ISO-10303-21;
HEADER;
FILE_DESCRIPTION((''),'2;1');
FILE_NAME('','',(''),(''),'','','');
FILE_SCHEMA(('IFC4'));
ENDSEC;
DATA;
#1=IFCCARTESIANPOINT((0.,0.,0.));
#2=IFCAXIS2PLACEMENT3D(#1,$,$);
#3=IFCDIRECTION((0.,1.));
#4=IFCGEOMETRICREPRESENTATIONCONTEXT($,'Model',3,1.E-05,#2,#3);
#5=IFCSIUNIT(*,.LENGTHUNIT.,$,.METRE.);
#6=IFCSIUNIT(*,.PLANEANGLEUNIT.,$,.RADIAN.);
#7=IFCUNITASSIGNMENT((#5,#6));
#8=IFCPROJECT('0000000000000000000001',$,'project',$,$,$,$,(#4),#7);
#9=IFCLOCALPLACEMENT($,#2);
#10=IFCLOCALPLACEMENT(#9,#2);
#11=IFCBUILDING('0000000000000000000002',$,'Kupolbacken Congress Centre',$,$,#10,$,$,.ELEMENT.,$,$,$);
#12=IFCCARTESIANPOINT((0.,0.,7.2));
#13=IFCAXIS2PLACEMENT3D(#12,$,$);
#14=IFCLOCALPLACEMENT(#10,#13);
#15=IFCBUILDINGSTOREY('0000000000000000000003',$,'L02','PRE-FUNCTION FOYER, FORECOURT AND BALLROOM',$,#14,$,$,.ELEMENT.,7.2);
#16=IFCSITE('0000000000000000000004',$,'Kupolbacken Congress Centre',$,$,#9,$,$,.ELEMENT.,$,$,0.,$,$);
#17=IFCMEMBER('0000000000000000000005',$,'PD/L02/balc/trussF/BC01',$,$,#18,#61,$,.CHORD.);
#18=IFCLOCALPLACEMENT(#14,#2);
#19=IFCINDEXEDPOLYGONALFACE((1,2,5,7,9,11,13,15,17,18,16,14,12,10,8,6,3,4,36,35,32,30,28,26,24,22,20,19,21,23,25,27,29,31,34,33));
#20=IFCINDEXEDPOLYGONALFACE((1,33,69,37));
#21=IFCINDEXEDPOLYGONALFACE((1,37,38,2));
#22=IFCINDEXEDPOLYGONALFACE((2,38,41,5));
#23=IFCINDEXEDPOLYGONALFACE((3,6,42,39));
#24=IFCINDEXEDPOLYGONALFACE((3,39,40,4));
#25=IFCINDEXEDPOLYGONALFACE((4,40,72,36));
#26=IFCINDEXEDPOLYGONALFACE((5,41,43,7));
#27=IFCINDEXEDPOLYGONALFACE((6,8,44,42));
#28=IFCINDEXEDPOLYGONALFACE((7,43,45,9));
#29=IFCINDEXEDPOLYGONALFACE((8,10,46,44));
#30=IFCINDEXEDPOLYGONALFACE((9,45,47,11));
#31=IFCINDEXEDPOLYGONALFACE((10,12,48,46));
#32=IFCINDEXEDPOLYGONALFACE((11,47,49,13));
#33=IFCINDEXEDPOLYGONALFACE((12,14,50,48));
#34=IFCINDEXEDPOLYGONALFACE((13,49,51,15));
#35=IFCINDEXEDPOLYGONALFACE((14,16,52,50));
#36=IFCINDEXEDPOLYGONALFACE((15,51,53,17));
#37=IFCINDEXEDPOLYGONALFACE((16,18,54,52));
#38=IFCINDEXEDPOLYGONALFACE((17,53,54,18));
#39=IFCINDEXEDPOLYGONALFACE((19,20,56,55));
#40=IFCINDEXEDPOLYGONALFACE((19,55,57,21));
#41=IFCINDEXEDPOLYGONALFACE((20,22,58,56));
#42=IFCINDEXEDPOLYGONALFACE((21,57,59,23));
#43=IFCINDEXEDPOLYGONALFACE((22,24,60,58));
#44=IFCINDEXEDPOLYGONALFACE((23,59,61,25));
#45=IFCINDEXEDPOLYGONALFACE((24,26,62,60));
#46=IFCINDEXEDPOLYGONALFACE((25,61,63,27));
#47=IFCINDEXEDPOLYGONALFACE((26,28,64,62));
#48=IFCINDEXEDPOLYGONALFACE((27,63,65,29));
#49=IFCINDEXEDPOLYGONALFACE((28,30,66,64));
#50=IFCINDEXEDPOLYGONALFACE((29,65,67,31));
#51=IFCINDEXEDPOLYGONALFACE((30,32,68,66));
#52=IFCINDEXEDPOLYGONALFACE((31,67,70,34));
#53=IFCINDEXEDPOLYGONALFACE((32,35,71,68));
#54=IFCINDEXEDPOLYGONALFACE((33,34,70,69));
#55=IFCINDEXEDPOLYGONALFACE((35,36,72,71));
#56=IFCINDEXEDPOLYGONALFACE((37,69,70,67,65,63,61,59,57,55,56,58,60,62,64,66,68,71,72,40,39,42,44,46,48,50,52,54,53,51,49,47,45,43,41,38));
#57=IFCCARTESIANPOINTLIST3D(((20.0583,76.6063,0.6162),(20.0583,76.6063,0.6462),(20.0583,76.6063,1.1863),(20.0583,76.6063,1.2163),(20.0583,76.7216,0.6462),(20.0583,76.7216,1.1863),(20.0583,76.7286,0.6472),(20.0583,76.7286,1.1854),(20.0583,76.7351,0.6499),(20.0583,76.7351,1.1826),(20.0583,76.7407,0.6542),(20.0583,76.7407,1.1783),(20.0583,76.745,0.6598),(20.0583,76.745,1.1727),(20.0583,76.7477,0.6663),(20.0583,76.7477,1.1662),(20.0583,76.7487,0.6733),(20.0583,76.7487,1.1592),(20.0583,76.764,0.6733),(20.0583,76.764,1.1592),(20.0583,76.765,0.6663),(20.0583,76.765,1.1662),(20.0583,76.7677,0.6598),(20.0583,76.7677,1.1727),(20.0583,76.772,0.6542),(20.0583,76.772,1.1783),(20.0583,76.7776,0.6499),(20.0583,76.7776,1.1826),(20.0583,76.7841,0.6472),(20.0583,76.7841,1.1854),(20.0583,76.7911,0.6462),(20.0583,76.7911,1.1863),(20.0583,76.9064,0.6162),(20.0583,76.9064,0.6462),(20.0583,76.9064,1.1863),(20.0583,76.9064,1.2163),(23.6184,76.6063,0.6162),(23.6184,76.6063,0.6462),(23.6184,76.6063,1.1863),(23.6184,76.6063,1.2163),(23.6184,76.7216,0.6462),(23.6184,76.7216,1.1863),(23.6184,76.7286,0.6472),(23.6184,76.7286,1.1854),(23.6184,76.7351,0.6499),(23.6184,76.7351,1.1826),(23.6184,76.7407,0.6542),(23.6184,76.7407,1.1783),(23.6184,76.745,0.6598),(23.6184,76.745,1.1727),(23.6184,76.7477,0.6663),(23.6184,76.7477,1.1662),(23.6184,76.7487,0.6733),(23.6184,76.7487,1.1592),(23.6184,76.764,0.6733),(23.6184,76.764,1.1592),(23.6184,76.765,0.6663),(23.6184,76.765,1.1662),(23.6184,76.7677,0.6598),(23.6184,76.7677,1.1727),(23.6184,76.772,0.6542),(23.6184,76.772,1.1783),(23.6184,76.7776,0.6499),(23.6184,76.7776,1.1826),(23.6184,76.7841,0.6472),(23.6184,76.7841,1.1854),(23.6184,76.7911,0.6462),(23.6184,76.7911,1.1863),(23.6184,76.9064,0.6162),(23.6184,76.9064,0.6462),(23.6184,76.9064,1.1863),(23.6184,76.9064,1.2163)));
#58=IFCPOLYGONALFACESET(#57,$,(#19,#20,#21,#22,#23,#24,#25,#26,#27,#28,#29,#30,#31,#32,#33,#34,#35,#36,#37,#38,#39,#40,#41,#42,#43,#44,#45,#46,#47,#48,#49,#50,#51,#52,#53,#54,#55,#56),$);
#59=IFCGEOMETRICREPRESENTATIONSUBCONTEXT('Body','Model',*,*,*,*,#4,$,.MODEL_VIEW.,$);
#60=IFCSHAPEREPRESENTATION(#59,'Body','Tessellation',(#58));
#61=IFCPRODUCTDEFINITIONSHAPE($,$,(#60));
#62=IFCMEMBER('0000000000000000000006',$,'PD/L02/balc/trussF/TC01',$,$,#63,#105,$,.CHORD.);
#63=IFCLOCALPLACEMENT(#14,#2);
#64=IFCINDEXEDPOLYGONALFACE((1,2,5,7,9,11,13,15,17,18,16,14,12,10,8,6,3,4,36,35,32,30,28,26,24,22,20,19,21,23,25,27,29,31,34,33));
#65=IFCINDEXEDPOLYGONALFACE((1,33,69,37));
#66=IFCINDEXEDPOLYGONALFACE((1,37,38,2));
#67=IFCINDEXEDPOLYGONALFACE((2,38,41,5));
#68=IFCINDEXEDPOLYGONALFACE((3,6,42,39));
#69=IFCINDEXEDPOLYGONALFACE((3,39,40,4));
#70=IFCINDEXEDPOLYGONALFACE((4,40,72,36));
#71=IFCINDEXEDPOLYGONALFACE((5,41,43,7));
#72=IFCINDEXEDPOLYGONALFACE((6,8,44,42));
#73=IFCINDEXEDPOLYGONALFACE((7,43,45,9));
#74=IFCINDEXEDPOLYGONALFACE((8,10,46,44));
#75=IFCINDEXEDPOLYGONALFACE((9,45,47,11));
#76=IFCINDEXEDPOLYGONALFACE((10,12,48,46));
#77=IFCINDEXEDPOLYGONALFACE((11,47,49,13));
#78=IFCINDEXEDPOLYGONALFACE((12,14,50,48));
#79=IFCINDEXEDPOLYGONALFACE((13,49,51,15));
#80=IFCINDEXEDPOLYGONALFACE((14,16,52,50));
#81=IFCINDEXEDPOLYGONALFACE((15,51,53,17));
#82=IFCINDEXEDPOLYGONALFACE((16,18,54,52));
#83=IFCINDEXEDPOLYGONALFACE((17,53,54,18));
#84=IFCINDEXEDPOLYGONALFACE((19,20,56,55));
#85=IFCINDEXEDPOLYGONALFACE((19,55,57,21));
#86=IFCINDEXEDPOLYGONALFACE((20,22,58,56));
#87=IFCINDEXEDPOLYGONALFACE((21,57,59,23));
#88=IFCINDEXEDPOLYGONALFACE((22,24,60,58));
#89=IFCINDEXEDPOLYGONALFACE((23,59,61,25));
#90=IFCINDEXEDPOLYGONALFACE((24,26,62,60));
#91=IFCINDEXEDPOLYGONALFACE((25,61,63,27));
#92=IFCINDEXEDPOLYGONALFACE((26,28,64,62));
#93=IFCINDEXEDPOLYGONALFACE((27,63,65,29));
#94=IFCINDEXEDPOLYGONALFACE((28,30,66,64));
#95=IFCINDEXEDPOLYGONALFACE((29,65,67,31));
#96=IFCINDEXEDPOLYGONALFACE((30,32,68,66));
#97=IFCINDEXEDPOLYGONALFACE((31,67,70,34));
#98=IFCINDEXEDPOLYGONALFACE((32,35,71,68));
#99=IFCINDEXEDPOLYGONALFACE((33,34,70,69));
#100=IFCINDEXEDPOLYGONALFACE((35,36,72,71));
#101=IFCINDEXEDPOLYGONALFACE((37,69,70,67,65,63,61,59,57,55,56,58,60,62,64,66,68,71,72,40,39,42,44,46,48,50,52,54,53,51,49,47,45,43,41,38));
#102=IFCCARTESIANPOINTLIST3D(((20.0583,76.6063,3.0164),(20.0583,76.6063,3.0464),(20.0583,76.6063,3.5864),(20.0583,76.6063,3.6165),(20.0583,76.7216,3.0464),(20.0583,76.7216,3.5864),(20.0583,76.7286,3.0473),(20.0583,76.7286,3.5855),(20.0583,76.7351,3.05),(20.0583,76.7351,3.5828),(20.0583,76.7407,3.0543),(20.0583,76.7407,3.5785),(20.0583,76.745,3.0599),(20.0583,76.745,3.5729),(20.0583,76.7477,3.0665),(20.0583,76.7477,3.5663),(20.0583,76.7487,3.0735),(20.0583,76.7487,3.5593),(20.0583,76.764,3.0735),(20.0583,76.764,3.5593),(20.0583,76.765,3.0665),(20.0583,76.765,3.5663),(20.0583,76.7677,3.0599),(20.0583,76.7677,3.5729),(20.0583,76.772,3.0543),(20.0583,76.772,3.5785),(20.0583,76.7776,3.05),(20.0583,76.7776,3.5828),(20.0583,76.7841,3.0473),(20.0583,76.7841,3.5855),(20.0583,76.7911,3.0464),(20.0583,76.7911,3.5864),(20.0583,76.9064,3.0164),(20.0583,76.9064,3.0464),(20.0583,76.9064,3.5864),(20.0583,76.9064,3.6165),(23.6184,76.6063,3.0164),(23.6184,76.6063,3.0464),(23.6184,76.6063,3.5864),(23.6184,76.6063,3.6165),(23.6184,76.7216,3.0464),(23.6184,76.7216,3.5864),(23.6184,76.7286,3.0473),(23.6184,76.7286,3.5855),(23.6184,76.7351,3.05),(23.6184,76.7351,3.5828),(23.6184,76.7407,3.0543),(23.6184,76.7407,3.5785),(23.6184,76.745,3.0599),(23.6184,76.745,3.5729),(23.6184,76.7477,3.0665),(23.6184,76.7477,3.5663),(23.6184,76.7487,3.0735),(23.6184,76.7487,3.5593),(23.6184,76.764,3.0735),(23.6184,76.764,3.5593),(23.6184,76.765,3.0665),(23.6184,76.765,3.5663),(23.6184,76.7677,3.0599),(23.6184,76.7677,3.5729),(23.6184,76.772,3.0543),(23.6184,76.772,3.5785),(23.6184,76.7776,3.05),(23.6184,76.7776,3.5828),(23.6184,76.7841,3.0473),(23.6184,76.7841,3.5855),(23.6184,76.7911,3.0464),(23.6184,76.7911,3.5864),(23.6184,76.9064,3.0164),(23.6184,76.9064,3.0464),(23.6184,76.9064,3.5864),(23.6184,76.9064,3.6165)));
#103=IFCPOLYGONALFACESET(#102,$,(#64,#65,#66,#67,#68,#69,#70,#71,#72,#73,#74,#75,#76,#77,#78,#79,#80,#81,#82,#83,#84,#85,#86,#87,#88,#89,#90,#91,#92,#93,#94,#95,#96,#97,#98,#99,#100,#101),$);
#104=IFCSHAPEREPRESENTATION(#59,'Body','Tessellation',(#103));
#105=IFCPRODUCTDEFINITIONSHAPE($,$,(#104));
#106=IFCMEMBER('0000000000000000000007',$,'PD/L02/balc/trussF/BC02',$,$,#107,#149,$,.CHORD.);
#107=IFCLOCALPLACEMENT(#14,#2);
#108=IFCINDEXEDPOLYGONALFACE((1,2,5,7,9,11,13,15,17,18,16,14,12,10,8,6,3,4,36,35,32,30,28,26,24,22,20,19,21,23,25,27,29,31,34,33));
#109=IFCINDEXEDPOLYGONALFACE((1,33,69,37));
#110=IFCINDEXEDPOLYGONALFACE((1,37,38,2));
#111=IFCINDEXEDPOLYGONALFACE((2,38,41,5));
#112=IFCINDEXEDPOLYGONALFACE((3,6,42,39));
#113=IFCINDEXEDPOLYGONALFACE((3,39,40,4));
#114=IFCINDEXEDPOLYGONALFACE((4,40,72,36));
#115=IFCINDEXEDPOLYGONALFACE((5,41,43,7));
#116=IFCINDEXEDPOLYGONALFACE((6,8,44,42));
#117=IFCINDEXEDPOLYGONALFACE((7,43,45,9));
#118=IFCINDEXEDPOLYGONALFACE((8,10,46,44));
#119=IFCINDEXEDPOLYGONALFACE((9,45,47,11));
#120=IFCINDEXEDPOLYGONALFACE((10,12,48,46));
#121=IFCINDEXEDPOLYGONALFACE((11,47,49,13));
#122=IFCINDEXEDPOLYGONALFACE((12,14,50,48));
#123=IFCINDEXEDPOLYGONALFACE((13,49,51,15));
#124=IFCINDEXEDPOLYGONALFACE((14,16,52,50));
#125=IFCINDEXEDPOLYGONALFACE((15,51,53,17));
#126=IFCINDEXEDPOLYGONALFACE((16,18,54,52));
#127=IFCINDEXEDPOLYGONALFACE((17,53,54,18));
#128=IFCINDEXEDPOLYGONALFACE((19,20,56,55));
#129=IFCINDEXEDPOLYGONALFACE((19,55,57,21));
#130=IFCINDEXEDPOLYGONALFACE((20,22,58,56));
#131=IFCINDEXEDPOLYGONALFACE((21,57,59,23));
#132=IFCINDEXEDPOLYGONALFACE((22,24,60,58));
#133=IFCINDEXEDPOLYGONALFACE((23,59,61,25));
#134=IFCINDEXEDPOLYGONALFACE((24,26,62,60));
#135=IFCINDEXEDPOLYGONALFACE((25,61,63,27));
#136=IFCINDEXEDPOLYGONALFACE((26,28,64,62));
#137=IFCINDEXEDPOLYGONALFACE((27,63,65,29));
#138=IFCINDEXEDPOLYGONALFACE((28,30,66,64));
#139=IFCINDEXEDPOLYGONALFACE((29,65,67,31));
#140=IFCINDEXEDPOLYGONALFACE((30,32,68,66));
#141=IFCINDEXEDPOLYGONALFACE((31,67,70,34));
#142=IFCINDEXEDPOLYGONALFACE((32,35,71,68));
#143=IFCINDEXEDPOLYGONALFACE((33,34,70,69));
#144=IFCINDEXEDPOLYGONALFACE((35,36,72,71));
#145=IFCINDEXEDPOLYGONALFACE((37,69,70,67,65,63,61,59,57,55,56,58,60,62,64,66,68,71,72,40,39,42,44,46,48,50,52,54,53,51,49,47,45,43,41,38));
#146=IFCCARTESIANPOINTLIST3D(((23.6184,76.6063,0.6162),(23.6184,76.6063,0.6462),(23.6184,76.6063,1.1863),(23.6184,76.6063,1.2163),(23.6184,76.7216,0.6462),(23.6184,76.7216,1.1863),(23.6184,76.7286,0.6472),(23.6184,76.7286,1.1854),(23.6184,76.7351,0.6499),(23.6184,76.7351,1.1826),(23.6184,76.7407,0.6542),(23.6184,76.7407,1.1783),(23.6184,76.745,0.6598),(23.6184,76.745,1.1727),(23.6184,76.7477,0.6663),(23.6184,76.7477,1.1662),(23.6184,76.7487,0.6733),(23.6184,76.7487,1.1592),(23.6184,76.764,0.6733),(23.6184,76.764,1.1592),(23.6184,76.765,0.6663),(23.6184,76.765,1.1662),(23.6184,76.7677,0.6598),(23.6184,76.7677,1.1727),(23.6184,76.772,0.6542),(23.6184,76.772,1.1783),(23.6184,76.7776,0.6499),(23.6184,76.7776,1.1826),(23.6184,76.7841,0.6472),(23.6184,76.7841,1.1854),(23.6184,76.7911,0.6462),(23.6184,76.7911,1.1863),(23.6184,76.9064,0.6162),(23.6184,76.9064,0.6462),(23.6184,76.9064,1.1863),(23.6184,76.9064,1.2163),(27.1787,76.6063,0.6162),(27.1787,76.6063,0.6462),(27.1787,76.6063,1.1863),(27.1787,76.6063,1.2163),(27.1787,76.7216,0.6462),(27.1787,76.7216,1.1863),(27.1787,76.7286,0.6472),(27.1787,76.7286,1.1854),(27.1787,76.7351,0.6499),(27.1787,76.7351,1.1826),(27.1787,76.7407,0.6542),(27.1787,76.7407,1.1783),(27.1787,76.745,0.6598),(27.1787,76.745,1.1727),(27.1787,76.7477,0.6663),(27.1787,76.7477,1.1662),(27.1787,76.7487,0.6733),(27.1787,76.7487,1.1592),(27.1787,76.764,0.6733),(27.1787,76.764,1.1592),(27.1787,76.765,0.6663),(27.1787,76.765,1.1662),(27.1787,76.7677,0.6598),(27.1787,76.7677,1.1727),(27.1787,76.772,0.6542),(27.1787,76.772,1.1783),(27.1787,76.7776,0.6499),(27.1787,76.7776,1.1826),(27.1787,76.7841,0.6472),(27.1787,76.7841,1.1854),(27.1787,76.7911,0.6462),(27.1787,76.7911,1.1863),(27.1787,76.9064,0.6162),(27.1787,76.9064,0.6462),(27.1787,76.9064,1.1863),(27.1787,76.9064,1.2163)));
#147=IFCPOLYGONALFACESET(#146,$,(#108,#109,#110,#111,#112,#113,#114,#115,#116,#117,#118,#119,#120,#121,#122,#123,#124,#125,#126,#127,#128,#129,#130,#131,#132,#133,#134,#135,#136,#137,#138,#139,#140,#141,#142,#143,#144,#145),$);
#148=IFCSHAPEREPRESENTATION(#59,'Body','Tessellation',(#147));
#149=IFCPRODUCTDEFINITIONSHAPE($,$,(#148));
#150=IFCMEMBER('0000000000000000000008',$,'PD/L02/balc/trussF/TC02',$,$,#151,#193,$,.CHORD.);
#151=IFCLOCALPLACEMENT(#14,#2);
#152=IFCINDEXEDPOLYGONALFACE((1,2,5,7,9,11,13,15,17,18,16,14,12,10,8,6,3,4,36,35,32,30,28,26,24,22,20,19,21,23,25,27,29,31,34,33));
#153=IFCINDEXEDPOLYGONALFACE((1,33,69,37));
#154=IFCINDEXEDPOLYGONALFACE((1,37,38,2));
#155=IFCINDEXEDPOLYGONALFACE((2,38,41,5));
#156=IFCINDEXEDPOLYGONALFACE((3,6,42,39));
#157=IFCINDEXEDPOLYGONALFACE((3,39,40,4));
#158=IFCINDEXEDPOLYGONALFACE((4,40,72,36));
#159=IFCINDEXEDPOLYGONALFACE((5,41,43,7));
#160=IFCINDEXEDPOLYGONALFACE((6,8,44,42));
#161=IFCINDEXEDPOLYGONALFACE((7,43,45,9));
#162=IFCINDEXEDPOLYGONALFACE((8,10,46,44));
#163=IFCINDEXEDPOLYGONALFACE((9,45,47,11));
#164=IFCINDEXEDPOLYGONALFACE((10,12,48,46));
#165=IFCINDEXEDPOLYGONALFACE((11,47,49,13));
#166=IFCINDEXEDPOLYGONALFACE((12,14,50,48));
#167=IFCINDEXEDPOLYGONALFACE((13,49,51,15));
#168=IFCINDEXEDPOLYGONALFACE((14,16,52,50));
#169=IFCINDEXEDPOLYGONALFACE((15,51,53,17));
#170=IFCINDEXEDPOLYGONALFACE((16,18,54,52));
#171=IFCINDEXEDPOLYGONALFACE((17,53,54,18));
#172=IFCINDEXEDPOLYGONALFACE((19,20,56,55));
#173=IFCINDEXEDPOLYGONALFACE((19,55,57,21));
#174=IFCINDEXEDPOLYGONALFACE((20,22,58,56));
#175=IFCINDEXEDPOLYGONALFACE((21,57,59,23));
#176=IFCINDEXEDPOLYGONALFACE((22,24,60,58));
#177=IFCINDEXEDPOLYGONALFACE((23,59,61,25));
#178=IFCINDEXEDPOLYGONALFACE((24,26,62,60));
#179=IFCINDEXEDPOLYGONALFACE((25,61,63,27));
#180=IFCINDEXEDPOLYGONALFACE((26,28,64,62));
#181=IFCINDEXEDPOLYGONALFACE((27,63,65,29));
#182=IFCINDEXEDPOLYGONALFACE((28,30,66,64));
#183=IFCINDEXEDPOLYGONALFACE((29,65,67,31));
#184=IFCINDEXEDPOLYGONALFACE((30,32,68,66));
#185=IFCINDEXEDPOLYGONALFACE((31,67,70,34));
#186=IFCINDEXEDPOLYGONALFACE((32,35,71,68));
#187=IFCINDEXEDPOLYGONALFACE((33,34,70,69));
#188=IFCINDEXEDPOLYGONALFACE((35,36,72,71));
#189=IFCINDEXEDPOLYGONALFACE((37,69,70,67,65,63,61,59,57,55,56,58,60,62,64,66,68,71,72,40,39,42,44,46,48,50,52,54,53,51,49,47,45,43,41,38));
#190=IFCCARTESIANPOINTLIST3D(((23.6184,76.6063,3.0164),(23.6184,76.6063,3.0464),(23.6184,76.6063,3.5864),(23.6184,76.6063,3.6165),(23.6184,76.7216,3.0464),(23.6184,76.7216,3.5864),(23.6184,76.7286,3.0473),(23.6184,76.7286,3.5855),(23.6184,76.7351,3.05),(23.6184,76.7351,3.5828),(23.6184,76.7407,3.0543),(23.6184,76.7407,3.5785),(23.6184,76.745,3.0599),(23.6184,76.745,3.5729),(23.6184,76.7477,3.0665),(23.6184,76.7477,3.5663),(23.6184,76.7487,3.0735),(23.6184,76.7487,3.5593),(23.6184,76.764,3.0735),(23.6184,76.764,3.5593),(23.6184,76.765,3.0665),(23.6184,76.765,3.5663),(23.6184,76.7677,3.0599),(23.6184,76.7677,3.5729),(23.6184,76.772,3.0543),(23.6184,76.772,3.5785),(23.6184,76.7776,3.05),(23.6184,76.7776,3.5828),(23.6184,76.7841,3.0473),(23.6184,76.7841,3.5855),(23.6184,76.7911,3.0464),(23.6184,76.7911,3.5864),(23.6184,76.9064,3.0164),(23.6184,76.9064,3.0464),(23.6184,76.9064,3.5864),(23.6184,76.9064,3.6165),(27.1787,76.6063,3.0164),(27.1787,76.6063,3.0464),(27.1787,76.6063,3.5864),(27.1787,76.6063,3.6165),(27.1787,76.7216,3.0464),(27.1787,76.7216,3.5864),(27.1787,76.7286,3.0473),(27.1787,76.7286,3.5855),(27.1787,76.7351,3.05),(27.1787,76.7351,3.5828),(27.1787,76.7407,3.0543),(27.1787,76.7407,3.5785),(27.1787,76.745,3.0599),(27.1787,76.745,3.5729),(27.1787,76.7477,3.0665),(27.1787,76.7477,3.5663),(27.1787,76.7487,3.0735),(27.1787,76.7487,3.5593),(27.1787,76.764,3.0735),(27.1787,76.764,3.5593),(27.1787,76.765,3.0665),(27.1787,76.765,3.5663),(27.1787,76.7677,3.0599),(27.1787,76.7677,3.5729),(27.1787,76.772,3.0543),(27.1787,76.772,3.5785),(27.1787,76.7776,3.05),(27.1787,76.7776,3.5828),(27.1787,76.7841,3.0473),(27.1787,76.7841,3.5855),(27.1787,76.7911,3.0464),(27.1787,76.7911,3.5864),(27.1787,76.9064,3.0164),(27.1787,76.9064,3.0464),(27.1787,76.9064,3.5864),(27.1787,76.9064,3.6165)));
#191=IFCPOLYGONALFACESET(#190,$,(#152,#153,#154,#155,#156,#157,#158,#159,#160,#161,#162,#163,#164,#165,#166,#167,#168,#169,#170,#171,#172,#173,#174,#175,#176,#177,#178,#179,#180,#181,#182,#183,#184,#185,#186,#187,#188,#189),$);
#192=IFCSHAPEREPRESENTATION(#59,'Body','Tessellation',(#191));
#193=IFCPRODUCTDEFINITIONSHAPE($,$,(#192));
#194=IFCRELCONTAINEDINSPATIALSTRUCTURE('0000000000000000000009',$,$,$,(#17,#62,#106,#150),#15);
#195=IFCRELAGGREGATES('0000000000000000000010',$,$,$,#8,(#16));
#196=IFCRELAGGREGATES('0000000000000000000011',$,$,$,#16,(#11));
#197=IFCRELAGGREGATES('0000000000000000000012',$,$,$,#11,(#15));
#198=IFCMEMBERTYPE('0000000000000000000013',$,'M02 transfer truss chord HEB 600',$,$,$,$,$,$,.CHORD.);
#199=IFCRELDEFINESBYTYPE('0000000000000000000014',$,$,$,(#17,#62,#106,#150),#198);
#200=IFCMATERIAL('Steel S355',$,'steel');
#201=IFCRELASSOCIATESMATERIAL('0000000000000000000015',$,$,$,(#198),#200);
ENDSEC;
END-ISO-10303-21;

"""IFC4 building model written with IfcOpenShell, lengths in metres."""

from ifc_helpers import new_model, si_unit, direction, frame, origin, origin_2d, place, context, subcontext, project, spatial, i_section, extrude, material, material_profile, profile_set, type_object, element, save


model = new_model("IFC4")

# Units and contexts
model_context = context("Model", 3, precision=1e-05, world=origin(), true_north=direction((0.0, 1.0)))
body_context = subcontext(model_context, "Body", "Model", "MODEL_VIEW")
ifc_project = project(units=[si_unit("LENGTHUNIT", "METRE"), si_unit("PLANEANGLEUNIT", "RADIAN")], contexts=[model_context])

# Site, building, storey
site_placement = place(None, origin())
site = spatial("IfcSite", under=ifc_project, at=site_placement, Name="Kupolbacken Congress Centre", CompositionType="ELEMENT", RefElevation=0.0)
building_placement = place(site_placement, origin())
building = spatial("IfcBuilding", under=site, at=building_placement, Name="Kupolbacken Congress Centre", CompositionType="ELEMENT")
storey_placement = place(building_placement, frame((0.0, 0.0, 7.2)))
storey = spatial("IfcBuildingStorey", under=building, at=storey_placement, Name="L02", Description="PRE-FUNCTION FOYER, FORECOURT AND BALLROOM", CompositionType="ELEMENT", Elevation=7.2)

# Members
ifc_material_1 = material(Name="Steel S355", Category="steel")
ifc_material_profile_1 = material_profile(ifc_material_1, i_section(OverallWidth=0.3, OverallDepth=0.6001, WebThickness=0.0154, FlangeThickness=0.03, FilletRadius=0.0271, at=origin_2d()), Name="HEB 600")
ifc_profile_set_1 = profile_set([ifc_material_profile_1], Name="Steel S355")
member_type_1 = type_object("IfcMemberType", Name="M02 transfer truss chord HEB 600", PredefinedType="CHORD", material=ifc_profile_set_1)
for number, where, z_axis, x_axis, name in (
    (1, (20.0583, 76.7563, 0.9163), (1.0, 0.0, 0.0), (0.0, 1.0, 0.0), "PD/L02/balc/trussF/BC01"),
    (2, (20.0583, 76.7563, 3.3164), (1.0, 0.0, 0.0), (0.0, 1.0, 0.0), "PD/L02/balc/trussF/TC01"),
):
    element("IfcMember", number, at=place(storey_placement, frame(where, z_axis=z_axis, x_axis=x_axis)), inside=storey, type_object=member_type_1, Name=name, PredefinedType="CHORD", context=body_context, shape_type="SweptSolid", body=[
        extrude(i_section(OverallWidth=0.3, OverallDepth=0.6001, WebThickness=0.0154, FlangeThickness=0.03, FilletRadius=0.0271, at=origin_2d()), origin(), (0.0, 0.0, 1.0), 3.5601),
    ])
for number, where, z_axis, x_axis, name in (
    (3, (23.6184, 76.7563, 0.9163), (1.0, 0.0, 0.0), (0.0, 1.0, 0.0), "PD/L02/balc/trussF/BC02"),
    (4, (23.6184, 76.7563, 3.3164), (1.0, 0.0, 0.0), (0.0, 1.0, 0.0), "PD/L02/balc/trussF/TC02"),
):
    element("IfcMember", number, at=place(storey_placement, frame(where, z_axis=z_axis, x_axis=x_axis)), inside=storey, type_object=member_type_1, Name=name, PredefinedType="CHORD", context=body_context, shape_type="SweptSolid", body=[
        extrude(i_section(OverallWidth=0.3, OverallDepth=0.6001, WebThickness=0.0154, FlangeThickness=0.03, FilletRadius=0.0271, at=origin_2d()), origin(), (0.0, 0.0, 1.0), 3.5603),
    ])

save(model, "model.ifc")
